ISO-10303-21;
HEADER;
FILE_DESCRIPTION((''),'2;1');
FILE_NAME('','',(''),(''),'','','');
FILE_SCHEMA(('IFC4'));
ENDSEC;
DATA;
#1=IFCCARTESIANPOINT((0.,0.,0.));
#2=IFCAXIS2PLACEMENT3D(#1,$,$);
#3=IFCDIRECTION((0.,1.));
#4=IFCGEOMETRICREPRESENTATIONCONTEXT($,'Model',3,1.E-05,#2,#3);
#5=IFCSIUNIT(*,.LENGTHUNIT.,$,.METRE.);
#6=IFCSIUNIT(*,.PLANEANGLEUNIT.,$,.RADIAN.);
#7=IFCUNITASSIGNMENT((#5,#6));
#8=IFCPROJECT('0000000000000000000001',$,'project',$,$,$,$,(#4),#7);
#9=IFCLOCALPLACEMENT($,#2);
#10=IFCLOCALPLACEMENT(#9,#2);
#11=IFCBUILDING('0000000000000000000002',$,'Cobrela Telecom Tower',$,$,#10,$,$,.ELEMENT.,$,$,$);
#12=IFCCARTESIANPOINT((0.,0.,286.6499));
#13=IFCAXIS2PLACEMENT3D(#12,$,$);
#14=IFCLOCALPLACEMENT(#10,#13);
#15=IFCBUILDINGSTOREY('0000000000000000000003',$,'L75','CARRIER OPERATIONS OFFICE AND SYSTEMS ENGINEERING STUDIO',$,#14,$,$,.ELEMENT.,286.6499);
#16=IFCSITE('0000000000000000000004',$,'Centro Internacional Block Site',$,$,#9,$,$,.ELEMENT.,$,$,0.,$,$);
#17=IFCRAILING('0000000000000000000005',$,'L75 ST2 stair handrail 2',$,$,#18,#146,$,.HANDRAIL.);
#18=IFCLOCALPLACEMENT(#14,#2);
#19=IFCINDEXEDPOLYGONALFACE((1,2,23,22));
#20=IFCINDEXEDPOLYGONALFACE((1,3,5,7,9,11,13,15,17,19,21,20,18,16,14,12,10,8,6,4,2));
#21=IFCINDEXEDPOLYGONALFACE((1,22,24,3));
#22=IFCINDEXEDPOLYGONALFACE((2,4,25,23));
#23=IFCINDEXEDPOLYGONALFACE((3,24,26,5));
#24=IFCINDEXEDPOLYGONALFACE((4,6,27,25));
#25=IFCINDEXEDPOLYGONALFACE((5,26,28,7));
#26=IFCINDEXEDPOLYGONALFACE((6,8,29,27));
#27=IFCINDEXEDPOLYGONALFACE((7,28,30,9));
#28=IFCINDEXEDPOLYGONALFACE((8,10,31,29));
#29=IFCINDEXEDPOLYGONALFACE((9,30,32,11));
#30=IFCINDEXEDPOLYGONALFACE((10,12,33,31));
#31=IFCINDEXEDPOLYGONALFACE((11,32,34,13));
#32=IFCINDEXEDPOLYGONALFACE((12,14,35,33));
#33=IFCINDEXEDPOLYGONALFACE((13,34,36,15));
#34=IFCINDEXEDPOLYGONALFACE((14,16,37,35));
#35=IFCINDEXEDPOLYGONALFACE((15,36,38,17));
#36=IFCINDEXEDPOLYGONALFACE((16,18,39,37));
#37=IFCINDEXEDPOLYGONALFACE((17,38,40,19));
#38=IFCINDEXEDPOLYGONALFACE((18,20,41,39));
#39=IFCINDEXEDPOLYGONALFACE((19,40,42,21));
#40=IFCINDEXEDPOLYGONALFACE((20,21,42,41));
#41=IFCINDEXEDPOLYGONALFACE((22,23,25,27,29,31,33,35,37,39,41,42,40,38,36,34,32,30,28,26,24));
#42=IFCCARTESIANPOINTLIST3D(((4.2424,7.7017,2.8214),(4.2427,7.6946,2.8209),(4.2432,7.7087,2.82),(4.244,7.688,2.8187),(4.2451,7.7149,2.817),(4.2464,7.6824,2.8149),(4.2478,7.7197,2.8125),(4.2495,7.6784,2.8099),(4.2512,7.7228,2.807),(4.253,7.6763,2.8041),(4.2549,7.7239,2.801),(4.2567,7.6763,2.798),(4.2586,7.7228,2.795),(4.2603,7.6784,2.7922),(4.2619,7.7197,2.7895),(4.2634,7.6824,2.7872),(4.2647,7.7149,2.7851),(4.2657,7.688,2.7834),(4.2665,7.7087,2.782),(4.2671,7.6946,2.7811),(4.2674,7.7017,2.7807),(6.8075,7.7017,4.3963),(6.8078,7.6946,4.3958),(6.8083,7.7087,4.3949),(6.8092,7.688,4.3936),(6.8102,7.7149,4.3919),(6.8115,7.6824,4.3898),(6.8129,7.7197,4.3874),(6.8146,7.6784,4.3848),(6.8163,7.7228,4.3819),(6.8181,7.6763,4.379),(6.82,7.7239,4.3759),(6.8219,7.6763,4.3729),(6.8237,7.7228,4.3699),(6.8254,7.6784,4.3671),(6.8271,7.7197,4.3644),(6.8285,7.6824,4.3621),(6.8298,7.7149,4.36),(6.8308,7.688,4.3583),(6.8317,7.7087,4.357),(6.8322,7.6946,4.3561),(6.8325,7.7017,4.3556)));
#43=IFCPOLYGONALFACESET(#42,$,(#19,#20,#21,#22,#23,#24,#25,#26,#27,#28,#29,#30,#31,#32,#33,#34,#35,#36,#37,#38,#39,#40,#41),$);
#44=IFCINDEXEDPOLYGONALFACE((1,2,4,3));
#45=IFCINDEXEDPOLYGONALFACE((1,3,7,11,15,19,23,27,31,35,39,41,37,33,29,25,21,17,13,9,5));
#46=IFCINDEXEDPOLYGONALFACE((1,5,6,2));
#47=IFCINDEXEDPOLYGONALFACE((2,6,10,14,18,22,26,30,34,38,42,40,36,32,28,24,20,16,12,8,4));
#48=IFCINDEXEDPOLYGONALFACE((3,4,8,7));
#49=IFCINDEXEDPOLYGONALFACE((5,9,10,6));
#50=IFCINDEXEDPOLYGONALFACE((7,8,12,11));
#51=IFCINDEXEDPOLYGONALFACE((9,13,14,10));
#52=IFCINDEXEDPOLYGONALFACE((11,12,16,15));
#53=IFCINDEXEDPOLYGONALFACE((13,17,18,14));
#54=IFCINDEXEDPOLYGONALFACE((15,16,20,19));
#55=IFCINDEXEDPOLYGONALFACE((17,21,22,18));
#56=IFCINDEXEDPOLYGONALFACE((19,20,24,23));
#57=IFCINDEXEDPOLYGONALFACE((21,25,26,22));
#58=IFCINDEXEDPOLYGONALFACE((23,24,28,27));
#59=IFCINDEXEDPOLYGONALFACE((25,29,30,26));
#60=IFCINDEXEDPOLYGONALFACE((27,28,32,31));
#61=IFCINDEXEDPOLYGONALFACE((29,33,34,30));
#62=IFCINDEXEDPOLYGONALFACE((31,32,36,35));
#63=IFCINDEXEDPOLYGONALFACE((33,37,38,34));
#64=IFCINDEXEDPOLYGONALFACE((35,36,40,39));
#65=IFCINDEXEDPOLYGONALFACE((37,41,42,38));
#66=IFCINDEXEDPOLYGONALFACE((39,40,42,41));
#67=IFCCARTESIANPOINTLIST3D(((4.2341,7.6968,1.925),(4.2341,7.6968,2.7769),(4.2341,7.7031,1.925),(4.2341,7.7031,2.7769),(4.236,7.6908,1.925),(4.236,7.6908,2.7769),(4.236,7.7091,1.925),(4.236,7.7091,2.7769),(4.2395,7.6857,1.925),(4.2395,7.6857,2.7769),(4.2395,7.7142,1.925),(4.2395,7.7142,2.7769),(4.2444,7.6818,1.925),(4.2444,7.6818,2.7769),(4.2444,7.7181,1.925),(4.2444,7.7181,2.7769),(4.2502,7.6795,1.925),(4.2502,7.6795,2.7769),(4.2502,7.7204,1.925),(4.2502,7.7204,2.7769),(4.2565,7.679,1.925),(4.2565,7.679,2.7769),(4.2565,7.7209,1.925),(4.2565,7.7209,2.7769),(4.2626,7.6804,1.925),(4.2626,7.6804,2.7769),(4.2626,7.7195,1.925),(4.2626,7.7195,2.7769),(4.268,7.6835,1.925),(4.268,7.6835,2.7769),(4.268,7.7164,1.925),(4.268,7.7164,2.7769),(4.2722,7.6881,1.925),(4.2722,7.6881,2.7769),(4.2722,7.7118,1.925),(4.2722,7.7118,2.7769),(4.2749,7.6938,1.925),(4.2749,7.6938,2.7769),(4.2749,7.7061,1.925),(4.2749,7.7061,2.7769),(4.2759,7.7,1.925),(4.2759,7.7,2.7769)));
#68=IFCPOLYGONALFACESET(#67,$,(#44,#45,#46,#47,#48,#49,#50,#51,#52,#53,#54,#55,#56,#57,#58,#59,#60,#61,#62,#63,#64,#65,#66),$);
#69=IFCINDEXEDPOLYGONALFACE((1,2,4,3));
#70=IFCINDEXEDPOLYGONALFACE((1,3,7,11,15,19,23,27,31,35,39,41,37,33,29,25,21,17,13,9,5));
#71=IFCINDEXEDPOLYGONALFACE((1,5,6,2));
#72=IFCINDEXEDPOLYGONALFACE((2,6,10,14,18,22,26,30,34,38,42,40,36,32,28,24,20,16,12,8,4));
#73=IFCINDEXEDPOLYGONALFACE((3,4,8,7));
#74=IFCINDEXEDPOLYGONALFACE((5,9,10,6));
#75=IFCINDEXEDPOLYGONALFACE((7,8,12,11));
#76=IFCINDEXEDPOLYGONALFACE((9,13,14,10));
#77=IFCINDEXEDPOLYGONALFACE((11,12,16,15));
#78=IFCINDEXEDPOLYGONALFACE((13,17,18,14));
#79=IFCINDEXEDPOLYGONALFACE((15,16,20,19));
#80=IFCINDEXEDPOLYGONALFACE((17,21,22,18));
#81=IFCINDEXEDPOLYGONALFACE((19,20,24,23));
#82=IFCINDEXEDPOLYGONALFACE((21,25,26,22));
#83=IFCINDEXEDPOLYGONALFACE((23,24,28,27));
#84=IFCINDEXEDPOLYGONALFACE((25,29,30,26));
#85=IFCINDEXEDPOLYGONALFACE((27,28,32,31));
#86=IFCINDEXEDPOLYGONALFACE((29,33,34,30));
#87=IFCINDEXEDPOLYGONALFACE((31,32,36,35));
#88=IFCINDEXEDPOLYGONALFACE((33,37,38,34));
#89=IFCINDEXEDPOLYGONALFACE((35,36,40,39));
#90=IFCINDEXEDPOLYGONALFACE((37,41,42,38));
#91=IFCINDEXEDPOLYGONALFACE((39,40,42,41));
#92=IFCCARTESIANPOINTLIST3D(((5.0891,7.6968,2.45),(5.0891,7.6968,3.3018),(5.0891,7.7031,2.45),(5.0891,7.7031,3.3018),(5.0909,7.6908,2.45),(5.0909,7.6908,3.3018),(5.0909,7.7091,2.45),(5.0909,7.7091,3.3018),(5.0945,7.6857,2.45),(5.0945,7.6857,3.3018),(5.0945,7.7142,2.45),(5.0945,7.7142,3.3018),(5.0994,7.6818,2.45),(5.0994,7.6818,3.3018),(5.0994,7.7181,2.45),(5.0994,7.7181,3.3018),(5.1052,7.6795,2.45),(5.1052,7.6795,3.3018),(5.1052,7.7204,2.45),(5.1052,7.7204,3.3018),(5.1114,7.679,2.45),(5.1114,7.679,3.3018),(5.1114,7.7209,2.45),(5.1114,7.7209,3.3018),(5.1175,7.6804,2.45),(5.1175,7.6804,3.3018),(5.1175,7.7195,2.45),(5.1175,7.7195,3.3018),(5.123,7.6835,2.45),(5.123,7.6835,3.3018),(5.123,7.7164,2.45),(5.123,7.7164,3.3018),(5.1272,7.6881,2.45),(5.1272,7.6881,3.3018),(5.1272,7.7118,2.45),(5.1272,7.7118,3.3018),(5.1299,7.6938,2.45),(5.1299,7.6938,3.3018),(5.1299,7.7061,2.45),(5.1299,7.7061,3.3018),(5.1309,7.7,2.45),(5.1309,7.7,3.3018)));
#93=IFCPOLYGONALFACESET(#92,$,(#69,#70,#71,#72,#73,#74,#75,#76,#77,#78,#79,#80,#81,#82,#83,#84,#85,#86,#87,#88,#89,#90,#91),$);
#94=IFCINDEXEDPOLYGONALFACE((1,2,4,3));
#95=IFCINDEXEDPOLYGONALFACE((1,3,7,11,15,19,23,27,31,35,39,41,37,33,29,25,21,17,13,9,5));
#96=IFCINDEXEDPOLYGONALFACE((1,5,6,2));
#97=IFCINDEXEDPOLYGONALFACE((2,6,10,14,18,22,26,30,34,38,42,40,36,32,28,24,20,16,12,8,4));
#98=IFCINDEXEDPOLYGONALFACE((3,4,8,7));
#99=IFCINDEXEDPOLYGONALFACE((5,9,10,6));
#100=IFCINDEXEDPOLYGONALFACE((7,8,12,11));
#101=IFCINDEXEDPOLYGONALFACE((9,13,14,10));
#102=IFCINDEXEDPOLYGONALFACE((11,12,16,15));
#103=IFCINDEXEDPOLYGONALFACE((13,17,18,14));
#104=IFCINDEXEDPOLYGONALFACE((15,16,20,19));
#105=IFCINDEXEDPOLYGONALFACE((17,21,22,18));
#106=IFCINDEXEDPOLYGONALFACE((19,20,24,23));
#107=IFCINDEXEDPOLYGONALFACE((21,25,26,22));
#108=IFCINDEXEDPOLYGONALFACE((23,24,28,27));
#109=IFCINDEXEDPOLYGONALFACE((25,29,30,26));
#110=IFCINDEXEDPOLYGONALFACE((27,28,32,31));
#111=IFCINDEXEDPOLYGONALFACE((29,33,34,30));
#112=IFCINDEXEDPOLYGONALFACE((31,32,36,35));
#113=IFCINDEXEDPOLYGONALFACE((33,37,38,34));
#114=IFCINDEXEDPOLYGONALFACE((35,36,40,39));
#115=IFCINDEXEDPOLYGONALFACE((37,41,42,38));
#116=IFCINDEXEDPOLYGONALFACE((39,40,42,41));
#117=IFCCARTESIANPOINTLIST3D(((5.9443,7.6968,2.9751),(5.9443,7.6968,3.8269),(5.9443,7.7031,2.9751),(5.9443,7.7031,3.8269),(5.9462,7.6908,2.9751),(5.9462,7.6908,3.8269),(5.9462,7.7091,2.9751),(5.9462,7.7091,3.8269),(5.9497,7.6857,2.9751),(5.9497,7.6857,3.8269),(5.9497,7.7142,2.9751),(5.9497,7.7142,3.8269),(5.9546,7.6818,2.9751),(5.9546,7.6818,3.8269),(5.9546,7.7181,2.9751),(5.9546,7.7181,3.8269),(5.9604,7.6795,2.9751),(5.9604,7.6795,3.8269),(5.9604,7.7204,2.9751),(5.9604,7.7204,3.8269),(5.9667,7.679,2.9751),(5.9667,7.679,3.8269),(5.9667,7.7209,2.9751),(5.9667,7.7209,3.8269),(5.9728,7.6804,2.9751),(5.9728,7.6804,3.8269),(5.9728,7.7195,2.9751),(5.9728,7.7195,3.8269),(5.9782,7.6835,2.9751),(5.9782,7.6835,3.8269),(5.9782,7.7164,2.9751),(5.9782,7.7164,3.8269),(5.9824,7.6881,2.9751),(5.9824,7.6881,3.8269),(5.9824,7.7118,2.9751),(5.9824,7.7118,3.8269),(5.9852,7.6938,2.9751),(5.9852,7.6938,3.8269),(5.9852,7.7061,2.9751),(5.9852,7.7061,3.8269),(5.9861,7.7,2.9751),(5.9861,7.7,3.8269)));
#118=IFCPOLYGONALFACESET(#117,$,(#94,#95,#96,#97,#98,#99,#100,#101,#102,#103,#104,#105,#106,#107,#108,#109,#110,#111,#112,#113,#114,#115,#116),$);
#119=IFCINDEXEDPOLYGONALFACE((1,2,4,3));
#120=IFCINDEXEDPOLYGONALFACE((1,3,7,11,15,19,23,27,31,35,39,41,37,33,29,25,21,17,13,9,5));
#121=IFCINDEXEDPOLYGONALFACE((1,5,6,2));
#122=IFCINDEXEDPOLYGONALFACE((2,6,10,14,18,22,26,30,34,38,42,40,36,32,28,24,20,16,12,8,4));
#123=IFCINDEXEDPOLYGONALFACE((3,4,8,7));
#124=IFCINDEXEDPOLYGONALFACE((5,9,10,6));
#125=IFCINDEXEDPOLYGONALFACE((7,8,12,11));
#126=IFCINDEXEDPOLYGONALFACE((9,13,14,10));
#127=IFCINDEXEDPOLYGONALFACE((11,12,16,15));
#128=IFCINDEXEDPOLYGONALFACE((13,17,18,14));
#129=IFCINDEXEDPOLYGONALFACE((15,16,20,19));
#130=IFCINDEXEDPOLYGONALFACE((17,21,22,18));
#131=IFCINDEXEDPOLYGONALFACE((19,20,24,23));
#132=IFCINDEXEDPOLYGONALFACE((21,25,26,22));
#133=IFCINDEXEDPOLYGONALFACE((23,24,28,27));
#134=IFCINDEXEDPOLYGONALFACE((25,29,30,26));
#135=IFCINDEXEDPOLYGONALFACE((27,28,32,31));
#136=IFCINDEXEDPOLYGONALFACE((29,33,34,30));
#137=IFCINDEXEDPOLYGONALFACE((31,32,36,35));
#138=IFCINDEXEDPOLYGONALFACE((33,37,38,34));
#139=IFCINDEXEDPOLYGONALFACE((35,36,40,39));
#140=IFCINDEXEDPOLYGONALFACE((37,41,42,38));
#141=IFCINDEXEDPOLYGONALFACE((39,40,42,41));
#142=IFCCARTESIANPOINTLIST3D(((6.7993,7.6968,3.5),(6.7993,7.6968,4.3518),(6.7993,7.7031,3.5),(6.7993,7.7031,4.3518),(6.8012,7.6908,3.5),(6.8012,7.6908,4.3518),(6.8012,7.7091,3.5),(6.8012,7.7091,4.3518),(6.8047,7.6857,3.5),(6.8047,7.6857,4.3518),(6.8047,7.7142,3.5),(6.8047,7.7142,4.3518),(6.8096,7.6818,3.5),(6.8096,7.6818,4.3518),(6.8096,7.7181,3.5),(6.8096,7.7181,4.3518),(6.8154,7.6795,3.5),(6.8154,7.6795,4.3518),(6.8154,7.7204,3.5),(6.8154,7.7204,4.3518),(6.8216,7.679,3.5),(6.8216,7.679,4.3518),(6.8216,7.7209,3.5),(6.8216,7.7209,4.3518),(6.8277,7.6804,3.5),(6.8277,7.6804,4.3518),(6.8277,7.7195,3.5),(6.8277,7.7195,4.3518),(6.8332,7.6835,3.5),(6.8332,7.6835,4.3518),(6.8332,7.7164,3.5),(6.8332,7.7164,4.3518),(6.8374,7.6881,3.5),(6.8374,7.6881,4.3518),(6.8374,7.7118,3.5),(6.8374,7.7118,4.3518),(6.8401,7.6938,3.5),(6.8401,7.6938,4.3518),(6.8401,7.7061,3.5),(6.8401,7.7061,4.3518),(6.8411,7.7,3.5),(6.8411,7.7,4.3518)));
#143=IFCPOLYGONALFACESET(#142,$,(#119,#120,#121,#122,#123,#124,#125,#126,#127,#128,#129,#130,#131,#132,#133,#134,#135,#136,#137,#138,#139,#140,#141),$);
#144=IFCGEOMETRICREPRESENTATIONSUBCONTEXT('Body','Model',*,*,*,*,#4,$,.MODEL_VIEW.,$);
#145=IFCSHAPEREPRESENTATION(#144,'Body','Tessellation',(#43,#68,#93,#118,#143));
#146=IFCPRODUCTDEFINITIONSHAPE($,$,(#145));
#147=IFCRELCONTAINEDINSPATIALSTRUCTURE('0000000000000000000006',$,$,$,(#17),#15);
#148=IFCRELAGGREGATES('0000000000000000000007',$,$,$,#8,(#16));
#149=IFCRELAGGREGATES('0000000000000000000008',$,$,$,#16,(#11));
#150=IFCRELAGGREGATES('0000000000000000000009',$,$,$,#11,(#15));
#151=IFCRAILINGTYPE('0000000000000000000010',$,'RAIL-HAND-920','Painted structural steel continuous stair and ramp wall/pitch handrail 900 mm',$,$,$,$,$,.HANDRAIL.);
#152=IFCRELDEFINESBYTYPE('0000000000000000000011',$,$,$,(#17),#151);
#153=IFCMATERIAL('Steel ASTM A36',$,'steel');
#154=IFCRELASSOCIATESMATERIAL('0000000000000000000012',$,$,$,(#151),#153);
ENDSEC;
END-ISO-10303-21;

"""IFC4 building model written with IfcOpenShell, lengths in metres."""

from ifc_helpers import new_model, si_unit, direction, frame, origin, origin_2d, place, context, subcontext, project, spatial, circle, extrude, material, type_object, element, save


model = new_model("IFC4")

# Units and contexts
model_context = context("Model", 3, precision=1e-05, world=origin(), true_north=direction((0.0, 1.0)))
body_context = subcontext(model_context, "Body", "Model", "MODEL_VIEW")
ifc_project = project(units=[si_unit("LENGTHUNIT", "METRE"), si_unit("PLANEANGLEUNIT", "RADIAN")], contexts=[model_context])

# Site, building, storey
site_placement = place(None, origin())
site = spatial("IfcSite", under=ifc_project, at=site_placement, Name="Centro Internacional Block Site", CompositionType="ELEMENT", RefElevation=0.0)
building_placement = place(site_placement, origin())
building = spatial("IfcBuilding", under=site, at=building_placement, Name="Cobrela Telecom Tower", CompositionType="ELEMENT")
storey_placement = place(building_placement, frame((0.0, 0.0, 286.6499)))
storey = spatial("IfcBuildingStorey", under=building, at=storey_placement, Name="L75", Description="CARRIER OPERATIONS OFFICE AND SYSTEMS ENGINEERING STUDIO", CompositionType="ELEMENT", Elevation=286.6499)

# Shared definitions
ifc_material_1 = material(Name="Steel ASTM A36", Category="steel")

# Railing
railing_type_1 = type_object("IfcRailingType", Name="RAIL-HAND-920", Description="Painted structural steel continuous stair and ramp wall/pitch handrail 900 mm", PredefinedType="HANDRAIL", material=ifc_material_1)
railing_1_placement = place(storey_placement, frame((4.2549, 7.7, 1.925)))
element("IfcRailing", 1, at=railing_1_placement, inside=storey, type_object=railing_type_1, Name="L75 ST2 stair handrail 2", PredefinedType="HANDRAIL", context=body_context, shape_type="SweptSolid", body=[
    extrude(circle(Radius=0.0239, at=origin_2d()), frame((0.0, 0.0, 0.876), z_axis=(0.852195, 0.0, 0.523224), x_axis=(0.0, 1.0, 0.0)), (0.0, 0.0, 1.0), 3.01),
    extrude(circle(Radius=0.021, at=origin_2d()), origin(), (0.0, 0.0, 1.0), 0.8518),
    extrude(circle(Radius=0.021, at=origin_2d()), frame((0.855, 0.0, 0.5249)), (0.0, 0.0, 1.0), 0.8518),
    extrude(circle(Radius=0.021, at=origin_2d()), frame((1.7102, 0.0, 1.05)), (0.0, 0.0, 1.0), 0.8518),
    extrude(circle(Radius=0.021, at=origin_2d()), frame((2.5652, 0.0, 1.575)), (0.0, 0.0, 1.0), 0.8518),
])

save(model, "model.ifc")
